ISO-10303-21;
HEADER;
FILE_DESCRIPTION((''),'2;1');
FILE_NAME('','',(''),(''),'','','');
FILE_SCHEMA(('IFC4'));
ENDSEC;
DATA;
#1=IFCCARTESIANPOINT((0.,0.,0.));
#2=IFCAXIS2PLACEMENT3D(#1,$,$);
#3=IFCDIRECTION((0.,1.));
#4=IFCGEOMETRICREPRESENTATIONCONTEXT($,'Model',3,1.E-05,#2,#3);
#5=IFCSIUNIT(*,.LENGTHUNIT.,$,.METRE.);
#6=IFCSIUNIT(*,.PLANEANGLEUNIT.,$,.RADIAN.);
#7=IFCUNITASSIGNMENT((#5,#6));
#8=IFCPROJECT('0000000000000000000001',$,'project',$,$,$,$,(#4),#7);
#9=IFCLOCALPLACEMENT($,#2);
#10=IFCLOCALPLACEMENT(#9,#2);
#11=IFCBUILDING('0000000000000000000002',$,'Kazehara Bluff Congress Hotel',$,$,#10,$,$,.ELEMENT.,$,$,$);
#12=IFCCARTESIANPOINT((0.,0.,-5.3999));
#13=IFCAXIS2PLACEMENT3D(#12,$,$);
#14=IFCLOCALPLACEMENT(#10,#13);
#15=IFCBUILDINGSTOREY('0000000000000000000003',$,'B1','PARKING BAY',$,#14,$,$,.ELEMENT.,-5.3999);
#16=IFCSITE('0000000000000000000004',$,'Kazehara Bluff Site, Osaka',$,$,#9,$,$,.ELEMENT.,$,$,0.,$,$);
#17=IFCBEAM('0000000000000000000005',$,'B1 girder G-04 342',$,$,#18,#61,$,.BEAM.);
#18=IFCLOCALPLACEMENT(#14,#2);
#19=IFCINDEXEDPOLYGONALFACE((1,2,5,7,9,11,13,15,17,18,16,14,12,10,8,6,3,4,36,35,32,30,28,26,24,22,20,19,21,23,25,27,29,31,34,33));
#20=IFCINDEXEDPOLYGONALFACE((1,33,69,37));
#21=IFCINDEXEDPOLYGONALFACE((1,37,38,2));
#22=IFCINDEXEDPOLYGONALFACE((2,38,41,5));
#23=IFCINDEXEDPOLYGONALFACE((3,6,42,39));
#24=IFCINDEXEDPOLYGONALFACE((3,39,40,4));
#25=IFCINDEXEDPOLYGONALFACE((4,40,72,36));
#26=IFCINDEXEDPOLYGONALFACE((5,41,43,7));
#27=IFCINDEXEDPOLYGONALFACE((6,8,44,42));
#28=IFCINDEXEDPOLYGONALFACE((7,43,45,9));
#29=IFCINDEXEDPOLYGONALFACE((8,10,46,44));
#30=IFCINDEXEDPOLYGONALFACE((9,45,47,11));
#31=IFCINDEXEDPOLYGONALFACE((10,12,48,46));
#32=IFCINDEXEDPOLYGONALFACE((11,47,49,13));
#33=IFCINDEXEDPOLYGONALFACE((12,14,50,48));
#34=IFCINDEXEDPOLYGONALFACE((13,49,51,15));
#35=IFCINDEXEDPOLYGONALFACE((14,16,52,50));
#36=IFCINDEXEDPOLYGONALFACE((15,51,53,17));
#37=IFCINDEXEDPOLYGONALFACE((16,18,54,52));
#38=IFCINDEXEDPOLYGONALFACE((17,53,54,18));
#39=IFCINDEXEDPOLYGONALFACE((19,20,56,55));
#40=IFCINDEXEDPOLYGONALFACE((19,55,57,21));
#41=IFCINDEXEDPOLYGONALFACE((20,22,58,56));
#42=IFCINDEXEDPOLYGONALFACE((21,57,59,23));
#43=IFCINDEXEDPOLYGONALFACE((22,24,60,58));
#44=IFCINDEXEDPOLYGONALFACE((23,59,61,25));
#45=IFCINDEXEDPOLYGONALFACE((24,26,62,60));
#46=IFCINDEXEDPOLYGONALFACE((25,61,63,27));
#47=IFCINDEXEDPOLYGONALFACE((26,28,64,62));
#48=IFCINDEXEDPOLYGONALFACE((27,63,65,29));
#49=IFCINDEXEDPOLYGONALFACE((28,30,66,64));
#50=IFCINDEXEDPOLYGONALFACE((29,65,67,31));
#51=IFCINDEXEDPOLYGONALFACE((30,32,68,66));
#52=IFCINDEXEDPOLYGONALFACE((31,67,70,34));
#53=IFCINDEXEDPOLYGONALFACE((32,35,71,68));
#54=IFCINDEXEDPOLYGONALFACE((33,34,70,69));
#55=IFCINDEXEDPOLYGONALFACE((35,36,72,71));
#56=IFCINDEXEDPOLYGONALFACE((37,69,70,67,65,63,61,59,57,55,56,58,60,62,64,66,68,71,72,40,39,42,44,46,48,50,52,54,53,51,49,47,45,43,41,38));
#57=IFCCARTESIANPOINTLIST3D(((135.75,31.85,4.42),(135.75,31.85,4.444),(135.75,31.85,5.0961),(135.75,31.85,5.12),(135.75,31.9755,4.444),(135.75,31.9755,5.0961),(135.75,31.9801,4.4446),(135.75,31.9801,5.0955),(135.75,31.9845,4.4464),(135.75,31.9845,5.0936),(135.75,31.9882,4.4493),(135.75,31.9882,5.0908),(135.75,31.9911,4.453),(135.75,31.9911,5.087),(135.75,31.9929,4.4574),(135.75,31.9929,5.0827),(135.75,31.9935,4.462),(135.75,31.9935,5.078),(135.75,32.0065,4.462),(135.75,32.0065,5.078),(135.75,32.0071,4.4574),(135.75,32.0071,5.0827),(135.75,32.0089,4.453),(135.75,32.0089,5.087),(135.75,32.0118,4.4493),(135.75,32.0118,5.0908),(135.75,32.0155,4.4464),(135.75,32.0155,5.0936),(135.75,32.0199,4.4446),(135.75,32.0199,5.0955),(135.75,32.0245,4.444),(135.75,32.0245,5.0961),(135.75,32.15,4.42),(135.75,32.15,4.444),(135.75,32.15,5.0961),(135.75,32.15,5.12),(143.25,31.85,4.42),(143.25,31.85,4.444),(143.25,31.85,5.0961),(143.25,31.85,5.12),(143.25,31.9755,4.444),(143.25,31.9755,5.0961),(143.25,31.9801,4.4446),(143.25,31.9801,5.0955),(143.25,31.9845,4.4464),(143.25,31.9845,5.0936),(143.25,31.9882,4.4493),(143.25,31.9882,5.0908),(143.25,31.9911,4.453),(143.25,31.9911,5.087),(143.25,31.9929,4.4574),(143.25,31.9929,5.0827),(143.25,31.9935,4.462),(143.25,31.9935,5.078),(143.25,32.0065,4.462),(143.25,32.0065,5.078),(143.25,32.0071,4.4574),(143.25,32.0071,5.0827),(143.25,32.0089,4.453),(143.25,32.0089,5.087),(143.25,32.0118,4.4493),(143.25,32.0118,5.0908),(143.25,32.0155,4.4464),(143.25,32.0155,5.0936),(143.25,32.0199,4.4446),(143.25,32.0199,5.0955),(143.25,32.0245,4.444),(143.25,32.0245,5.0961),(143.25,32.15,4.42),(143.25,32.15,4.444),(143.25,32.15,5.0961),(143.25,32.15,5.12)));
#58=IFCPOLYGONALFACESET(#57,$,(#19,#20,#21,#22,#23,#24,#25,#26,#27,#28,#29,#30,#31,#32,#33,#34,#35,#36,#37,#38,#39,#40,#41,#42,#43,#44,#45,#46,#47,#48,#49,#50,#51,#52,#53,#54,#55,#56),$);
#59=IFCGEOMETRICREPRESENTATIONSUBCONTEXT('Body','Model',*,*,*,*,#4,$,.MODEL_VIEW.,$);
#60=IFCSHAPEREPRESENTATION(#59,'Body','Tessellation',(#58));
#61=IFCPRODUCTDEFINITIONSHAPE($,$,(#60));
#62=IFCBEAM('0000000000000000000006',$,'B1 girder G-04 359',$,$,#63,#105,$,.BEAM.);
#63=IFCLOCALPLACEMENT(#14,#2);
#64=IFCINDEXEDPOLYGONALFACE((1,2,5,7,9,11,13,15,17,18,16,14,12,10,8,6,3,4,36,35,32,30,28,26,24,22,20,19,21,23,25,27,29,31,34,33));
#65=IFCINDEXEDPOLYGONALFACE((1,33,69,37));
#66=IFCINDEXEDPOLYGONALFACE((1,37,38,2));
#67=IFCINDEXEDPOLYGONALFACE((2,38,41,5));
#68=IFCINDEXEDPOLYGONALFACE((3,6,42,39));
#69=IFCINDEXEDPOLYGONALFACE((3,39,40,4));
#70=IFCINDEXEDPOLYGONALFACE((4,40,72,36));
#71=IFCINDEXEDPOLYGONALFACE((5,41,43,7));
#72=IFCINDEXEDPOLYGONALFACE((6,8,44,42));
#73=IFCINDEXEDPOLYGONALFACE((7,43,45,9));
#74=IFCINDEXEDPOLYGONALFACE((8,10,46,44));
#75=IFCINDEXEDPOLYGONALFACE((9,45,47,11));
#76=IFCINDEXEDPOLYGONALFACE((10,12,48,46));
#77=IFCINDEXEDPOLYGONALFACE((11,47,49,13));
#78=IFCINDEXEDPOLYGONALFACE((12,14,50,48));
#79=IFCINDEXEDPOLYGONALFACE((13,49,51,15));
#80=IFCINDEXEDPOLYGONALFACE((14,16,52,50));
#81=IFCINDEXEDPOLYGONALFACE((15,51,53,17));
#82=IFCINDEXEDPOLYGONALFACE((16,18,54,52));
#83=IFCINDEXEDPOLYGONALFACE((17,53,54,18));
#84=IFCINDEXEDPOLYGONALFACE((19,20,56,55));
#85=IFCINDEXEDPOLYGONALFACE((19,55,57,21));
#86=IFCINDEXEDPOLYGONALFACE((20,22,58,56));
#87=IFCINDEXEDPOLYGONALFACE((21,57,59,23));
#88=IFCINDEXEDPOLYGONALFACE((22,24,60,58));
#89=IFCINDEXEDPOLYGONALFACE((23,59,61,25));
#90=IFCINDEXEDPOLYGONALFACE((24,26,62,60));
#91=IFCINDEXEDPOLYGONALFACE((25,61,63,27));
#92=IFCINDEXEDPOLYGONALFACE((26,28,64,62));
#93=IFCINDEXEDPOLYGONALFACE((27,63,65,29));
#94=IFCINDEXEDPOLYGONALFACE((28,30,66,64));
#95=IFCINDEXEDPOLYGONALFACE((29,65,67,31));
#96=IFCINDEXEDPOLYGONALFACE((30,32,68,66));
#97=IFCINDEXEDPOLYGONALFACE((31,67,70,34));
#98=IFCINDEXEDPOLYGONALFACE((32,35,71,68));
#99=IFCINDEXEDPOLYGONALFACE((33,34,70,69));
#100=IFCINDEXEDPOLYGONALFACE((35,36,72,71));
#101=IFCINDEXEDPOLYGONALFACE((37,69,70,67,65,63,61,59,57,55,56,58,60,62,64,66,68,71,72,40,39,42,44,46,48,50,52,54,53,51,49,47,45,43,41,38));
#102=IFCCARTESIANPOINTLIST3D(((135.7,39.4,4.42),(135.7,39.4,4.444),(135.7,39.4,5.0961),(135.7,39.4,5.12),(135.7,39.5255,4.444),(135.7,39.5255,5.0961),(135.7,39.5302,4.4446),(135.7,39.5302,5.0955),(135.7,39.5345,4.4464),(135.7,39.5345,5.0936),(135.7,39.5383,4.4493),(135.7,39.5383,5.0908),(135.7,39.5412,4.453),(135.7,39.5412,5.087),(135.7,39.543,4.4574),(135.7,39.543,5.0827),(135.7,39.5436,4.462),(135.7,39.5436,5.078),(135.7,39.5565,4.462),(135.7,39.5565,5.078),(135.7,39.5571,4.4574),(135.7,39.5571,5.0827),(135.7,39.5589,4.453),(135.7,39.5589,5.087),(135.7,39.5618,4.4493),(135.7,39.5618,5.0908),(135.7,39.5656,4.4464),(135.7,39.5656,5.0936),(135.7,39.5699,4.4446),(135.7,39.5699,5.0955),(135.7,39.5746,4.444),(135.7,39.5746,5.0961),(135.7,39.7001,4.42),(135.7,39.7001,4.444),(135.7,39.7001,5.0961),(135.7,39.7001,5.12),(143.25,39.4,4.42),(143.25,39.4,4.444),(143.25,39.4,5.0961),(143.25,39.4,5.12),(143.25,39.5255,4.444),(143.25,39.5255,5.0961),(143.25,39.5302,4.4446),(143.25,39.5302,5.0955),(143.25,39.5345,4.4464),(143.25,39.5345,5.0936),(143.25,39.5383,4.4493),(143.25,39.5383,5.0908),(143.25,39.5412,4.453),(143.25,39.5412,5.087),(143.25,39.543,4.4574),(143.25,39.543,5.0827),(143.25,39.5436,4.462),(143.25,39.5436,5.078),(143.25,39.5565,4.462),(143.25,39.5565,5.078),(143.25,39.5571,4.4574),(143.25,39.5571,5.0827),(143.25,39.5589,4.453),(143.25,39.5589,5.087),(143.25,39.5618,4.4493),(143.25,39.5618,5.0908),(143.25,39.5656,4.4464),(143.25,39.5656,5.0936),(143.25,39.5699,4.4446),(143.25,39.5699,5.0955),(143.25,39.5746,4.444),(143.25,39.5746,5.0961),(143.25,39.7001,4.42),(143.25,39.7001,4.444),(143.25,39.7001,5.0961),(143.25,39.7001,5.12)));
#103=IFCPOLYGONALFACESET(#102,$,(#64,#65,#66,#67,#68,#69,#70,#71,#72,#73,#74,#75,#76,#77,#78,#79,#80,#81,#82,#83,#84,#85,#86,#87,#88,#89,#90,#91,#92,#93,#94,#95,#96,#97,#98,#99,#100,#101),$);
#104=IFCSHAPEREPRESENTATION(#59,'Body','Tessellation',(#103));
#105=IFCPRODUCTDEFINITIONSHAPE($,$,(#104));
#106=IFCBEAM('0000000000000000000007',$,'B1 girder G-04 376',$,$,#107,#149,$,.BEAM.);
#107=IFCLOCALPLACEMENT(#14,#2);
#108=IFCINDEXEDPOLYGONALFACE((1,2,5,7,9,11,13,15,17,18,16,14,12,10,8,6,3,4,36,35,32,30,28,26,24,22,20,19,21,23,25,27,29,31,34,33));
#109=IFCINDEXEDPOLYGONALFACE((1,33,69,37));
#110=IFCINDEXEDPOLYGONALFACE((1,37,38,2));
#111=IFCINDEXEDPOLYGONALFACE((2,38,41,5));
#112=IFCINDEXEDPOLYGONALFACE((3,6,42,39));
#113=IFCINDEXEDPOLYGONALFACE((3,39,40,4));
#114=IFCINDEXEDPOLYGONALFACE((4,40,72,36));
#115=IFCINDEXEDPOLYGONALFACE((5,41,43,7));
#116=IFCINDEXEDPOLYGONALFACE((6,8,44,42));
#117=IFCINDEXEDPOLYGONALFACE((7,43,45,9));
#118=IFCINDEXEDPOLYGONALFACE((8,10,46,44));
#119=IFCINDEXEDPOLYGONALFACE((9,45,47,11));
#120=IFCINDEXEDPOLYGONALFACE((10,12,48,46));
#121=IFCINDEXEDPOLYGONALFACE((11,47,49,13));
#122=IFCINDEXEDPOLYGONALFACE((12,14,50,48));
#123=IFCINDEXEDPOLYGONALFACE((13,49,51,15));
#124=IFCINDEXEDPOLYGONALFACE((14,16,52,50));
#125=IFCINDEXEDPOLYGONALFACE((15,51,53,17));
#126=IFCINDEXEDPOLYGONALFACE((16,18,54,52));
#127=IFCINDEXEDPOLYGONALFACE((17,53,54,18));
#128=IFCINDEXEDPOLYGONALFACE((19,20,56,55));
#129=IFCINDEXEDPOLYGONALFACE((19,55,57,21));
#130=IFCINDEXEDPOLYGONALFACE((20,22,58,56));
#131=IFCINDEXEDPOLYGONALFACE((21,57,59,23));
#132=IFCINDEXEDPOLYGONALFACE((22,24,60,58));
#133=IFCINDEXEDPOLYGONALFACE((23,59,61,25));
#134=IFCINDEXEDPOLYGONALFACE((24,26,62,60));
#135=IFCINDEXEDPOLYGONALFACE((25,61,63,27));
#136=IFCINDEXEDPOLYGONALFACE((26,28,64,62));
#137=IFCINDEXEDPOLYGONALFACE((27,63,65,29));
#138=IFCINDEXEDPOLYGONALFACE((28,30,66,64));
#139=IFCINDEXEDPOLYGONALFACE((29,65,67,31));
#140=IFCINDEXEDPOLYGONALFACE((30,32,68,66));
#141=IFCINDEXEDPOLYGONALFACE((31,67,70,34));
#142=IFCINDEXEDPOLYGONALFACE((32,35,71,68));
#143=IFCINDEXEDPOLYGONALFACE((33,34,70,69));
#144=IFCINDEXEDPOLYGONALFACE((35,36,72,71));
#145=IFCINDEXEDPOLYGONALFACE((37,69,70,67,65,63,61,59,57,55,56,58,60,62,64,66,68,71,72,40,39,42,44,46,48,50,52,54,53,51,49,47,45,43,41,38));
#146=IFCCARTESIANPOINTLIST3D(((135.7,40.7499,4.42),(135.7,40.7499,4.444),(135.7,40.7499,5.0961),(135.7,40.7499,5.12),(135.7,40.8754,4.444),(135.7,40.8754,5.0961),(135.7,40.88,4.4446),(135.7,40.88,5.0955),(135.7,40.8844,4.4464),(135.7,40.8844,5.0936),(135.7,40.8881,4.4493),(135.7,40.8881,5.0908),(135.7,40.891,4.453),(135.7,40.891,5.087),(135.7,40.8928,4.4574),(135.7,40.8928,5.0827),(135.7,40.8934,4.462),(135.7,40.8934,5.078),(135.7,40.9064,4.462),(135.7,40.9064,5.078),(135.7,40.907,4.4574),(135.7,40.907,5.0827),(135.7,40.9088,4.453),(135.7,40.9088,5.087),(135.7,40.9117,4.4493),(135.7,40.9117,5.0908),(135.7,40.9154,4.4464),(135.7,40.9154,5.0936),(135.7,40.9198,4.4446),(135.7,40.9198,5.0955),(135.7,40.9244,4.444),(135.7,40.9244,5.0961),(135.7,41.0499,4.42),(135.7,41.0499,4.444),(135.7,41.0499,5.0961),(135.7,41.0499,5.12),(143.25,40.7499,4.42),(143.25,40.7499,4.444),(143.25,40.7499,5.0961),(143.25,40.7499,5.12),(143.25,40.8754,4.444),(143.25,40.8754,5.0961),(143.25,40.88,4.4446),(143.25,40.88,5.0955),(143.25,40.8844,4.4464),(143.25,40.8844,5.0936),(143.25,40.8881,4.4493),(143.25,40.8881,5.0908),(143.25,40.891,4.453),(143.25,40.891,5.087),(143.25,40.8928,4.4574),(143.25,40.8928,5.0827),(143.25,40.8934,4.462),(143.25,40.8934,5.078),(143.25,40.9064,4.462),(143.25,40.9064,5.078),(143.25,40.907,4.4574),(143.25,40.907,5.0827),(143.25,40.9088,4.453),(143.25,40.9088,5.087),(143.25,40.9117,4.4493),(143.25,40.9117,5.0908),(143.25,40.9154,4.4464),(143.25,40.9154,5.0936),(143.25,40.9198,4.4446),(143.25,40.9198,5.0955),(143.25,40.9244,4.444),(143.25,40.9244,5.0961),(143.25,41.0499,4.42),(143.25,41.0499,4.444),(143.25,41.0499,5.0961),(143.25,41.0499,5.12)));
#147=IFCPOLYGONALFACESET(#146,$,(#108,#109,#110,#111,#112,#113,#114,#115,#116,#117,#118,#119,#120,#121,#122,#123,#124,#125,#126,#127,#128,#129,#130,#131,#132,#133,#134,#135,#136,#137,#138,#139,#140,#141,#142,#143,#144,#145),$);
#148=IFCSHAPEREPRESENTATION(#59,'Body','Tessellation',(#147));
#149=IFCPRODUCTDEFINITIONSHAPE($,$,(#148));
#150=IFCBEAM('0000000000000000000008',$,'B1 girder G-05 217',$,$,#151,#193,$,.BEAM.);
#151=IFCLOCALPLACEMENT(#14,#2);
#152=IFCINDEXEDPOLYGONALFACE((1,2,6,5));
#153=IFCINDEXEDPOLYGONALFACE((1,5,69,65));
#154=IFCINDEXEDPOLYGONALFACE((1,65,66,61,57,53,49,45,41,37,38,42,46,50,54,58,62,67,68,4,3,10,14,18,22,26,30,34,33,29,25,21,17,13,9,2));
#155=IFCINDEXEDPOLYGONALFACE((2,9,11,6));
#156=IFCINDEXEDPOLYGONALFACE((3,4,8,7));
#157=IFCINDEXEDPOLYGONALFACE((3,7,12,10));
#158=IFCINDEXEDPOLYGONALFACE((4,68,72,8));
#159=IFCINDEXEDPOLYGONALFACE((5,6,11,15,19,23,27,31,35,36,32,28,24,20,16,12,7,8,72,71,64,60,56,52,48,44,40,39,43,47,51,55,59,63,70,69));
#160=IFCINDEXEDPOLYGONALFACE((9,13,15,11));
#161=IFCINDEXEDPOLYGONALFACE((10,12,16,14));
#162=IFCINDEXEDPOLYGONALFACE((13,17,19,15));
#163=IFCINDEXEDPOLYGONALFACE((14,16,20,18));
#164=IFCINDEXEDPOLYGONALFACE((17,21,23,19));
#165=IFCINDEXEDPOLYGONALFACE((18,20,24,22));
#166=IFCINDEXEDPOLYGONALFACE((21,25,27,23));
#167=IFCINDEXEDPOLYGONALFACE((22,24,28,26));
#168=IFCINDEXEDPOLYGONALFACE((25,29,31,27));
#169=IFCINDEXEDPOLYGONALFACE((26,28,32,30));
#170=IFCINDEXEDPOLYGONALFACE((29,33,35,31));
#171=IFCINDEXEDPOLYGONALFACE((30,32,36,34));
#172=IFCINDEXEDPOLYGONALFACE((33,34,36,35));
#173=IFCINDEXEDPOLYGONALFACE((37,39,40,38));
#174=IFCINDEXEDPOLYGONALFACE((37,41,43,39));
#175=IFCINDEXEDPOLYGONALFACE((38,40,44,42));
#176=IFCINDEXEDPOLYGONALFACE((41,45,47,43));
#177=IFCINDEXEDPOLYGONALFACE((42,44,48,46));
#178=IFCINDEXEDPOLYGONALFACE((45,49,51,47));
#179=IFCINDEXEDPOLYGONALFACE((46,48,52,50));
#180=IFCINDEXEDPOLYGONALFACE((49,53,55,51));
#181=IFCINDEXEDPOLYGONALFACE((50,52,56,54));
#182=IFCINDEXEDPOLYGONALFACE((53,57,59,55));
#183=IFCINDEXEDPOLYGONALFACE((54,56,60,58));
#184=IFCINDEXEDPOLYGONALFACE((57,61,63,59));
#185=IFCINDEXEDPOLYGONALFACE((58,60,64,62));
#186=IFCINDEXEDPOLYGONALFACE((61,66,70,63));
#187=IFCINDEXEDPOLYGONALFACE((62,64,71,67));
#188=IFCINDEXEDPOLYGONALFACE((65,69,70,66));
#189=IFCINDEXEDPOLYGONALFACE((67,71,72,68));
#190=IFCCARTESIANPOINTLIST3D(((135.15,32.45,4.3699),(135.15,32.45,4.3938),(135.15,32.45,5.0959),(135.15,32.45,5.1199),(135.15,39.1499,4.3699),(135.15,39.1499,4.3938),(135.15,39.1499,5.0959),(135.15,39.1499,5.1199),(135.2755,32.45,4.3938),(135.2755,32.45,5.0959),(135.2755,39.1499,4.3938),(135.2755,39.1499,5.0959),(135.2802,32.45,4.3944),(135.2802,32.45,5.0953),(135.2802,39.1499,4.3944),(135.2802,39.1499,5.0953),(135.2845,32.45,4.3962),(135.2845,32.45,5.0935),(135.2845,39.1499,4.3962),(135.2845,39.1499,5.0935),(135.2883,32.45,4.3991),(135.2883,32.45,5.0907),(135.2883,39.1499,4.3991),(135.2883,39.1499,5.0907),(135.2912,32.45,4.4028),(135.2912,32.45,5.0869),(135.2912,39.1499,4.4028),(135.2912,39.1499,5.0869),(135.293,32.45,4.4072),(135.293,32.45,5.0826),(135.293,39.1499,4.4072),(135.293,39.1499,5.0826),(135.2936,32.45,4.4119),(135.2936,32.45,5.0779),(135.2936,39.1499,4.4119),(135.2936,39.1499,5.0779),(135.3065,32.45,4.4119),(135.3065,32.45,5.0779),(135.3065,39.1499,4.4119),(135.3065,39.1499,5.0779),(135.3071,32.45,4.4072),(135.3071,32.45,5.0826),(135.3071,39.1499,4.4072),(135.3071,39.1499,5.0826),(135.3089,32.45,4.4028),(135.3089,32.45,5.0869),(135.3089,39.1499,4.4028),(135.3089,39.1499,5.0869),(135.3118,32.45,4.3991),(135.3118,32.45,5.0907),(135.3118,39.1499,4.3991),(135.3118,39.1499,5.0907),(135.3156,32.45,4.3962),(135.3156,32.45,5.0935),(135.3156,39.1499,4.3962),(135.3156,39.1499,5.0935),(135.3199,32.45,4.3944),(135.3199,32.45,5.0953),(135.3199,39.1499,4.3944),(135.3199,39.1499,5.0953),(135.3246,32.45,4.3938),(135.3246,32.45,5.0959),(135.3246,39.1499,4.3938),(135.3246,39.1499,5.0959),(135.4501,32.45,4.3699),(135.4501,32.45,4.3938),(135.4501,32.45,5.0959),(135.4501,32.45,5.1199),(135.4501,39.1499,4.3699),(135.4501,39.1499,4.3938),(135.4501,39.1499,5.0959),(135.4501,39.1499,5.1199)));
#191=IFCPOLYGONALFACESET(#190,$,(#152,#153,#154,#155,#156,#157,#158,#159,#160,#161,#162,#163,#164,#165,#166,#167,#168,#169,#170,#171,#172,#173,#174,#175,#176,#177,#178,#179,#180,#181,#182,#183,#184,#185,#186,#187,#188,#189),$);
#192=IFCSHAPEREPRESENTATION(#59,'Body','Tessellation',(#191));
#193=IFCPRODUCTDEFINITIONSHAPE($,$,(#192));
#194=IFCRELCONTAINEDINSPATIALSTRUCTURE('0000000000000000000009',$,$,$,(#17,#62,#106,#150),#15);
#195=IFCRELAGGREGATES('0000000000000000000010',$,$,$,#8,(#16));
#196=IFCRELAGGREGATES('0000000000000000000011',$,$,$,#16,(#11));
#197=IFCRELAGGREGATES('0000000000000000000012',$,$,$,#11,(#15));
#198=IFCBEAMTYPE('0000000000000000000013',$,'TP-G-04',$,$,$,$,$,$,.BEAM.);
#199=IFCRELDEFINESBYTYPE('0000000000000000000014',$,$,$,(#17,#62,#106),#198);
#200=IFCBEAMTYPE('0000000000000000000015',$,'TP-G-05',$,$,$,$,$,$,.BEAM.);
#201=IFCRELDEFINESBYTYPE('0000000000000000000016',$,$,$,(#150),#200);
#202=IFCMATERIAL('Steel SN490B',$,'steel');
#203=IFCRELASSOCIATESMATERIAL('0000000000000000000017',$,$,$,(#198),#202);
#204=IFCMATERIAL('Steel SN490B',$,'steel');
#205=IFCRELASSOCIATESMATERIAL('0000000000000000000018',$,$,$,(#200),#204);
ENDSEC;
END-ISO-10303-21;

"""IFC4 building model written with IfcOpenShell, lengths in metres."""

from ifc_helpers import new_model, si_unit, direction, frame, origin, origin_2d, place, context, subcontext, project, spatial, i_section, extrude, material, material_profile, profile_set, type_object, element, save


model = new_model("IFC4")

# Units and contexts
model_context = context("Model", 3, precision=1e-05, world=origin(), true_north=direction((0.0, 1.0)))
body_context = subcontext(model_context, "Body", "Model", "MODEL_VIEW")
ifc_project = project(units=[si_unit("LENGTHUNIT", "METRE"), si_unit("PLANEANGLEUNIT", "RADIAN")], contexts=[model_context])

# Site, building, storey
site_placement = place(None, origin())
site = spatial("IfcSite", under=ifc_project, at=site_placement, Name="Kazehara Bluff Site, Osaka", CompositionType="ELEMENT", RefElevation=0.0)
building_placement = place(site_placement, origin())
building = spatial("IfcBuilding", under=site, at=building_placement, Name="Kazehara Bluff Congress Hotel", CompositionType="ELEMENT")
storey_placement = place(building_placement, frame((0.0, 0.0, -5.3999)))
storey = spatial("IfcBuildingStorey", under=building, at=storey_placement, Name="B1", Description="PARKING BAY", CompositionType="ELEMENT", Elevation=-5.3999)

# Beams
ifc_material_1 = material(Name="Steel SN490B", Category="steel")
ifc_material_profile_1 = material_profile(ifc_material_1, i_section(OverallWidth=0.3, OverallDepth=0.7, WebThickness=0.0129, FlangeThickness=0.0239, FilletRadius=0.0181, at=origin_2d()))
ifc_profile_set_1 = profile_set([ifc_material_profile_1], Name="Steel SN490B")
beam_type_1 = type_object("IfcBeamType", Name="TP-G-04", PredefinedType="BEAM", material=ifc_profile_set_1)
beam_1_placement = place(storey_placement, frame((135.75, 32.0, 4.77), z_axis=(1.0, 0.0, 0.0), x_axis=(0.0, 1.0, 0.0)))
element("IfcBeam", 1, at=beam_1_placement, inside=storey, type_object=beam_type_1, Name="B1 girder G-04 342", PredefinedType="BEAM", context=body_context, shape_type="SweptSolid", body=[
    extrude(i_section(OverallWidth=0.3, OverallDepth=0.7, WebThickness=0.0129, FlangeThickness=0.0239, FilletRadius=0.0181, at=origin_2d()), origin(), (0.0, 0.0, 1.0), 7.5),
])
for number, where, z_axis, x_axis, name in (
    (2, (135.7, 39.55, 4.77), (1.0, 0.0, 0.0), (0.0, 1.0, 0.0), "B1 girder G-04 359"),
    (3, (135.7, 40.8999, 4.77), (1.0, 0.0, 0.0), (0.0, 1.0, 0.0), "B1 girder G-04 376"),
):
    element("IfcBeam", number, at=place(storey_placement, frame(where, z_axis=z_axis, x_axis=x_axis)), inside=storey, type_object=beam_type_1, Name=name, PredefinedType="BEAM", context=body_context, shape_type="SweptSolid", body=[
        extrude(i_section(OverallWidth=0.3, OverallDepth=0.7, WebThickness=0.0129, FlangeThickness=0.0239, FilletRadius=0.0181, at=origin_2d()), origin(), (0.0, 0.0, 1.0), 7.55),
    ])
ifc_material_2 = material(Name="Steel SN490B", Category="steel")
ifc_material_profile_2 = material_profile(ifc_material_2, i_section(OverallWidth=0.3, OverallDepth=0.75, WebThickness=0.0129, FlangeThickness=0.0239, FilletRadius=0.0181, at=origin_2d()))
ifc_profile_set_2 = profile_set([ifc_material_profile_2], Name="Steel SN490B")
beam_type_2 = type_object("IfcBeamType", Name="TP-G-05", PredefinedType="BEAM", material=ifc_profile_set_2)
beam_2_placement = place(storey_placement, frame((135.3, 32.45, 4.7449), z_axis=(0.0, 1.0, 0.0), x_axis=(-1.0, 0.0, 0.0)))
element("IfcBeam", 4, at=beam_2_placement, inside=storey, type_object=beam_type_2, Name="B1 girder G-05 217", PredefinedType="BEAM", context=body_context, shape_type="SweptSolid", body=[
    extrude(i_section(OverallWidth=0.3, OverallDepth=0.75, WebThickness=0.0129, FlangeThickness=0.0239, FilletRadius=0.0181, at=origin_2d()), origin(), (0.0, 0.0, 1.0), 6.7),
])

save(model, "model.ifc")
